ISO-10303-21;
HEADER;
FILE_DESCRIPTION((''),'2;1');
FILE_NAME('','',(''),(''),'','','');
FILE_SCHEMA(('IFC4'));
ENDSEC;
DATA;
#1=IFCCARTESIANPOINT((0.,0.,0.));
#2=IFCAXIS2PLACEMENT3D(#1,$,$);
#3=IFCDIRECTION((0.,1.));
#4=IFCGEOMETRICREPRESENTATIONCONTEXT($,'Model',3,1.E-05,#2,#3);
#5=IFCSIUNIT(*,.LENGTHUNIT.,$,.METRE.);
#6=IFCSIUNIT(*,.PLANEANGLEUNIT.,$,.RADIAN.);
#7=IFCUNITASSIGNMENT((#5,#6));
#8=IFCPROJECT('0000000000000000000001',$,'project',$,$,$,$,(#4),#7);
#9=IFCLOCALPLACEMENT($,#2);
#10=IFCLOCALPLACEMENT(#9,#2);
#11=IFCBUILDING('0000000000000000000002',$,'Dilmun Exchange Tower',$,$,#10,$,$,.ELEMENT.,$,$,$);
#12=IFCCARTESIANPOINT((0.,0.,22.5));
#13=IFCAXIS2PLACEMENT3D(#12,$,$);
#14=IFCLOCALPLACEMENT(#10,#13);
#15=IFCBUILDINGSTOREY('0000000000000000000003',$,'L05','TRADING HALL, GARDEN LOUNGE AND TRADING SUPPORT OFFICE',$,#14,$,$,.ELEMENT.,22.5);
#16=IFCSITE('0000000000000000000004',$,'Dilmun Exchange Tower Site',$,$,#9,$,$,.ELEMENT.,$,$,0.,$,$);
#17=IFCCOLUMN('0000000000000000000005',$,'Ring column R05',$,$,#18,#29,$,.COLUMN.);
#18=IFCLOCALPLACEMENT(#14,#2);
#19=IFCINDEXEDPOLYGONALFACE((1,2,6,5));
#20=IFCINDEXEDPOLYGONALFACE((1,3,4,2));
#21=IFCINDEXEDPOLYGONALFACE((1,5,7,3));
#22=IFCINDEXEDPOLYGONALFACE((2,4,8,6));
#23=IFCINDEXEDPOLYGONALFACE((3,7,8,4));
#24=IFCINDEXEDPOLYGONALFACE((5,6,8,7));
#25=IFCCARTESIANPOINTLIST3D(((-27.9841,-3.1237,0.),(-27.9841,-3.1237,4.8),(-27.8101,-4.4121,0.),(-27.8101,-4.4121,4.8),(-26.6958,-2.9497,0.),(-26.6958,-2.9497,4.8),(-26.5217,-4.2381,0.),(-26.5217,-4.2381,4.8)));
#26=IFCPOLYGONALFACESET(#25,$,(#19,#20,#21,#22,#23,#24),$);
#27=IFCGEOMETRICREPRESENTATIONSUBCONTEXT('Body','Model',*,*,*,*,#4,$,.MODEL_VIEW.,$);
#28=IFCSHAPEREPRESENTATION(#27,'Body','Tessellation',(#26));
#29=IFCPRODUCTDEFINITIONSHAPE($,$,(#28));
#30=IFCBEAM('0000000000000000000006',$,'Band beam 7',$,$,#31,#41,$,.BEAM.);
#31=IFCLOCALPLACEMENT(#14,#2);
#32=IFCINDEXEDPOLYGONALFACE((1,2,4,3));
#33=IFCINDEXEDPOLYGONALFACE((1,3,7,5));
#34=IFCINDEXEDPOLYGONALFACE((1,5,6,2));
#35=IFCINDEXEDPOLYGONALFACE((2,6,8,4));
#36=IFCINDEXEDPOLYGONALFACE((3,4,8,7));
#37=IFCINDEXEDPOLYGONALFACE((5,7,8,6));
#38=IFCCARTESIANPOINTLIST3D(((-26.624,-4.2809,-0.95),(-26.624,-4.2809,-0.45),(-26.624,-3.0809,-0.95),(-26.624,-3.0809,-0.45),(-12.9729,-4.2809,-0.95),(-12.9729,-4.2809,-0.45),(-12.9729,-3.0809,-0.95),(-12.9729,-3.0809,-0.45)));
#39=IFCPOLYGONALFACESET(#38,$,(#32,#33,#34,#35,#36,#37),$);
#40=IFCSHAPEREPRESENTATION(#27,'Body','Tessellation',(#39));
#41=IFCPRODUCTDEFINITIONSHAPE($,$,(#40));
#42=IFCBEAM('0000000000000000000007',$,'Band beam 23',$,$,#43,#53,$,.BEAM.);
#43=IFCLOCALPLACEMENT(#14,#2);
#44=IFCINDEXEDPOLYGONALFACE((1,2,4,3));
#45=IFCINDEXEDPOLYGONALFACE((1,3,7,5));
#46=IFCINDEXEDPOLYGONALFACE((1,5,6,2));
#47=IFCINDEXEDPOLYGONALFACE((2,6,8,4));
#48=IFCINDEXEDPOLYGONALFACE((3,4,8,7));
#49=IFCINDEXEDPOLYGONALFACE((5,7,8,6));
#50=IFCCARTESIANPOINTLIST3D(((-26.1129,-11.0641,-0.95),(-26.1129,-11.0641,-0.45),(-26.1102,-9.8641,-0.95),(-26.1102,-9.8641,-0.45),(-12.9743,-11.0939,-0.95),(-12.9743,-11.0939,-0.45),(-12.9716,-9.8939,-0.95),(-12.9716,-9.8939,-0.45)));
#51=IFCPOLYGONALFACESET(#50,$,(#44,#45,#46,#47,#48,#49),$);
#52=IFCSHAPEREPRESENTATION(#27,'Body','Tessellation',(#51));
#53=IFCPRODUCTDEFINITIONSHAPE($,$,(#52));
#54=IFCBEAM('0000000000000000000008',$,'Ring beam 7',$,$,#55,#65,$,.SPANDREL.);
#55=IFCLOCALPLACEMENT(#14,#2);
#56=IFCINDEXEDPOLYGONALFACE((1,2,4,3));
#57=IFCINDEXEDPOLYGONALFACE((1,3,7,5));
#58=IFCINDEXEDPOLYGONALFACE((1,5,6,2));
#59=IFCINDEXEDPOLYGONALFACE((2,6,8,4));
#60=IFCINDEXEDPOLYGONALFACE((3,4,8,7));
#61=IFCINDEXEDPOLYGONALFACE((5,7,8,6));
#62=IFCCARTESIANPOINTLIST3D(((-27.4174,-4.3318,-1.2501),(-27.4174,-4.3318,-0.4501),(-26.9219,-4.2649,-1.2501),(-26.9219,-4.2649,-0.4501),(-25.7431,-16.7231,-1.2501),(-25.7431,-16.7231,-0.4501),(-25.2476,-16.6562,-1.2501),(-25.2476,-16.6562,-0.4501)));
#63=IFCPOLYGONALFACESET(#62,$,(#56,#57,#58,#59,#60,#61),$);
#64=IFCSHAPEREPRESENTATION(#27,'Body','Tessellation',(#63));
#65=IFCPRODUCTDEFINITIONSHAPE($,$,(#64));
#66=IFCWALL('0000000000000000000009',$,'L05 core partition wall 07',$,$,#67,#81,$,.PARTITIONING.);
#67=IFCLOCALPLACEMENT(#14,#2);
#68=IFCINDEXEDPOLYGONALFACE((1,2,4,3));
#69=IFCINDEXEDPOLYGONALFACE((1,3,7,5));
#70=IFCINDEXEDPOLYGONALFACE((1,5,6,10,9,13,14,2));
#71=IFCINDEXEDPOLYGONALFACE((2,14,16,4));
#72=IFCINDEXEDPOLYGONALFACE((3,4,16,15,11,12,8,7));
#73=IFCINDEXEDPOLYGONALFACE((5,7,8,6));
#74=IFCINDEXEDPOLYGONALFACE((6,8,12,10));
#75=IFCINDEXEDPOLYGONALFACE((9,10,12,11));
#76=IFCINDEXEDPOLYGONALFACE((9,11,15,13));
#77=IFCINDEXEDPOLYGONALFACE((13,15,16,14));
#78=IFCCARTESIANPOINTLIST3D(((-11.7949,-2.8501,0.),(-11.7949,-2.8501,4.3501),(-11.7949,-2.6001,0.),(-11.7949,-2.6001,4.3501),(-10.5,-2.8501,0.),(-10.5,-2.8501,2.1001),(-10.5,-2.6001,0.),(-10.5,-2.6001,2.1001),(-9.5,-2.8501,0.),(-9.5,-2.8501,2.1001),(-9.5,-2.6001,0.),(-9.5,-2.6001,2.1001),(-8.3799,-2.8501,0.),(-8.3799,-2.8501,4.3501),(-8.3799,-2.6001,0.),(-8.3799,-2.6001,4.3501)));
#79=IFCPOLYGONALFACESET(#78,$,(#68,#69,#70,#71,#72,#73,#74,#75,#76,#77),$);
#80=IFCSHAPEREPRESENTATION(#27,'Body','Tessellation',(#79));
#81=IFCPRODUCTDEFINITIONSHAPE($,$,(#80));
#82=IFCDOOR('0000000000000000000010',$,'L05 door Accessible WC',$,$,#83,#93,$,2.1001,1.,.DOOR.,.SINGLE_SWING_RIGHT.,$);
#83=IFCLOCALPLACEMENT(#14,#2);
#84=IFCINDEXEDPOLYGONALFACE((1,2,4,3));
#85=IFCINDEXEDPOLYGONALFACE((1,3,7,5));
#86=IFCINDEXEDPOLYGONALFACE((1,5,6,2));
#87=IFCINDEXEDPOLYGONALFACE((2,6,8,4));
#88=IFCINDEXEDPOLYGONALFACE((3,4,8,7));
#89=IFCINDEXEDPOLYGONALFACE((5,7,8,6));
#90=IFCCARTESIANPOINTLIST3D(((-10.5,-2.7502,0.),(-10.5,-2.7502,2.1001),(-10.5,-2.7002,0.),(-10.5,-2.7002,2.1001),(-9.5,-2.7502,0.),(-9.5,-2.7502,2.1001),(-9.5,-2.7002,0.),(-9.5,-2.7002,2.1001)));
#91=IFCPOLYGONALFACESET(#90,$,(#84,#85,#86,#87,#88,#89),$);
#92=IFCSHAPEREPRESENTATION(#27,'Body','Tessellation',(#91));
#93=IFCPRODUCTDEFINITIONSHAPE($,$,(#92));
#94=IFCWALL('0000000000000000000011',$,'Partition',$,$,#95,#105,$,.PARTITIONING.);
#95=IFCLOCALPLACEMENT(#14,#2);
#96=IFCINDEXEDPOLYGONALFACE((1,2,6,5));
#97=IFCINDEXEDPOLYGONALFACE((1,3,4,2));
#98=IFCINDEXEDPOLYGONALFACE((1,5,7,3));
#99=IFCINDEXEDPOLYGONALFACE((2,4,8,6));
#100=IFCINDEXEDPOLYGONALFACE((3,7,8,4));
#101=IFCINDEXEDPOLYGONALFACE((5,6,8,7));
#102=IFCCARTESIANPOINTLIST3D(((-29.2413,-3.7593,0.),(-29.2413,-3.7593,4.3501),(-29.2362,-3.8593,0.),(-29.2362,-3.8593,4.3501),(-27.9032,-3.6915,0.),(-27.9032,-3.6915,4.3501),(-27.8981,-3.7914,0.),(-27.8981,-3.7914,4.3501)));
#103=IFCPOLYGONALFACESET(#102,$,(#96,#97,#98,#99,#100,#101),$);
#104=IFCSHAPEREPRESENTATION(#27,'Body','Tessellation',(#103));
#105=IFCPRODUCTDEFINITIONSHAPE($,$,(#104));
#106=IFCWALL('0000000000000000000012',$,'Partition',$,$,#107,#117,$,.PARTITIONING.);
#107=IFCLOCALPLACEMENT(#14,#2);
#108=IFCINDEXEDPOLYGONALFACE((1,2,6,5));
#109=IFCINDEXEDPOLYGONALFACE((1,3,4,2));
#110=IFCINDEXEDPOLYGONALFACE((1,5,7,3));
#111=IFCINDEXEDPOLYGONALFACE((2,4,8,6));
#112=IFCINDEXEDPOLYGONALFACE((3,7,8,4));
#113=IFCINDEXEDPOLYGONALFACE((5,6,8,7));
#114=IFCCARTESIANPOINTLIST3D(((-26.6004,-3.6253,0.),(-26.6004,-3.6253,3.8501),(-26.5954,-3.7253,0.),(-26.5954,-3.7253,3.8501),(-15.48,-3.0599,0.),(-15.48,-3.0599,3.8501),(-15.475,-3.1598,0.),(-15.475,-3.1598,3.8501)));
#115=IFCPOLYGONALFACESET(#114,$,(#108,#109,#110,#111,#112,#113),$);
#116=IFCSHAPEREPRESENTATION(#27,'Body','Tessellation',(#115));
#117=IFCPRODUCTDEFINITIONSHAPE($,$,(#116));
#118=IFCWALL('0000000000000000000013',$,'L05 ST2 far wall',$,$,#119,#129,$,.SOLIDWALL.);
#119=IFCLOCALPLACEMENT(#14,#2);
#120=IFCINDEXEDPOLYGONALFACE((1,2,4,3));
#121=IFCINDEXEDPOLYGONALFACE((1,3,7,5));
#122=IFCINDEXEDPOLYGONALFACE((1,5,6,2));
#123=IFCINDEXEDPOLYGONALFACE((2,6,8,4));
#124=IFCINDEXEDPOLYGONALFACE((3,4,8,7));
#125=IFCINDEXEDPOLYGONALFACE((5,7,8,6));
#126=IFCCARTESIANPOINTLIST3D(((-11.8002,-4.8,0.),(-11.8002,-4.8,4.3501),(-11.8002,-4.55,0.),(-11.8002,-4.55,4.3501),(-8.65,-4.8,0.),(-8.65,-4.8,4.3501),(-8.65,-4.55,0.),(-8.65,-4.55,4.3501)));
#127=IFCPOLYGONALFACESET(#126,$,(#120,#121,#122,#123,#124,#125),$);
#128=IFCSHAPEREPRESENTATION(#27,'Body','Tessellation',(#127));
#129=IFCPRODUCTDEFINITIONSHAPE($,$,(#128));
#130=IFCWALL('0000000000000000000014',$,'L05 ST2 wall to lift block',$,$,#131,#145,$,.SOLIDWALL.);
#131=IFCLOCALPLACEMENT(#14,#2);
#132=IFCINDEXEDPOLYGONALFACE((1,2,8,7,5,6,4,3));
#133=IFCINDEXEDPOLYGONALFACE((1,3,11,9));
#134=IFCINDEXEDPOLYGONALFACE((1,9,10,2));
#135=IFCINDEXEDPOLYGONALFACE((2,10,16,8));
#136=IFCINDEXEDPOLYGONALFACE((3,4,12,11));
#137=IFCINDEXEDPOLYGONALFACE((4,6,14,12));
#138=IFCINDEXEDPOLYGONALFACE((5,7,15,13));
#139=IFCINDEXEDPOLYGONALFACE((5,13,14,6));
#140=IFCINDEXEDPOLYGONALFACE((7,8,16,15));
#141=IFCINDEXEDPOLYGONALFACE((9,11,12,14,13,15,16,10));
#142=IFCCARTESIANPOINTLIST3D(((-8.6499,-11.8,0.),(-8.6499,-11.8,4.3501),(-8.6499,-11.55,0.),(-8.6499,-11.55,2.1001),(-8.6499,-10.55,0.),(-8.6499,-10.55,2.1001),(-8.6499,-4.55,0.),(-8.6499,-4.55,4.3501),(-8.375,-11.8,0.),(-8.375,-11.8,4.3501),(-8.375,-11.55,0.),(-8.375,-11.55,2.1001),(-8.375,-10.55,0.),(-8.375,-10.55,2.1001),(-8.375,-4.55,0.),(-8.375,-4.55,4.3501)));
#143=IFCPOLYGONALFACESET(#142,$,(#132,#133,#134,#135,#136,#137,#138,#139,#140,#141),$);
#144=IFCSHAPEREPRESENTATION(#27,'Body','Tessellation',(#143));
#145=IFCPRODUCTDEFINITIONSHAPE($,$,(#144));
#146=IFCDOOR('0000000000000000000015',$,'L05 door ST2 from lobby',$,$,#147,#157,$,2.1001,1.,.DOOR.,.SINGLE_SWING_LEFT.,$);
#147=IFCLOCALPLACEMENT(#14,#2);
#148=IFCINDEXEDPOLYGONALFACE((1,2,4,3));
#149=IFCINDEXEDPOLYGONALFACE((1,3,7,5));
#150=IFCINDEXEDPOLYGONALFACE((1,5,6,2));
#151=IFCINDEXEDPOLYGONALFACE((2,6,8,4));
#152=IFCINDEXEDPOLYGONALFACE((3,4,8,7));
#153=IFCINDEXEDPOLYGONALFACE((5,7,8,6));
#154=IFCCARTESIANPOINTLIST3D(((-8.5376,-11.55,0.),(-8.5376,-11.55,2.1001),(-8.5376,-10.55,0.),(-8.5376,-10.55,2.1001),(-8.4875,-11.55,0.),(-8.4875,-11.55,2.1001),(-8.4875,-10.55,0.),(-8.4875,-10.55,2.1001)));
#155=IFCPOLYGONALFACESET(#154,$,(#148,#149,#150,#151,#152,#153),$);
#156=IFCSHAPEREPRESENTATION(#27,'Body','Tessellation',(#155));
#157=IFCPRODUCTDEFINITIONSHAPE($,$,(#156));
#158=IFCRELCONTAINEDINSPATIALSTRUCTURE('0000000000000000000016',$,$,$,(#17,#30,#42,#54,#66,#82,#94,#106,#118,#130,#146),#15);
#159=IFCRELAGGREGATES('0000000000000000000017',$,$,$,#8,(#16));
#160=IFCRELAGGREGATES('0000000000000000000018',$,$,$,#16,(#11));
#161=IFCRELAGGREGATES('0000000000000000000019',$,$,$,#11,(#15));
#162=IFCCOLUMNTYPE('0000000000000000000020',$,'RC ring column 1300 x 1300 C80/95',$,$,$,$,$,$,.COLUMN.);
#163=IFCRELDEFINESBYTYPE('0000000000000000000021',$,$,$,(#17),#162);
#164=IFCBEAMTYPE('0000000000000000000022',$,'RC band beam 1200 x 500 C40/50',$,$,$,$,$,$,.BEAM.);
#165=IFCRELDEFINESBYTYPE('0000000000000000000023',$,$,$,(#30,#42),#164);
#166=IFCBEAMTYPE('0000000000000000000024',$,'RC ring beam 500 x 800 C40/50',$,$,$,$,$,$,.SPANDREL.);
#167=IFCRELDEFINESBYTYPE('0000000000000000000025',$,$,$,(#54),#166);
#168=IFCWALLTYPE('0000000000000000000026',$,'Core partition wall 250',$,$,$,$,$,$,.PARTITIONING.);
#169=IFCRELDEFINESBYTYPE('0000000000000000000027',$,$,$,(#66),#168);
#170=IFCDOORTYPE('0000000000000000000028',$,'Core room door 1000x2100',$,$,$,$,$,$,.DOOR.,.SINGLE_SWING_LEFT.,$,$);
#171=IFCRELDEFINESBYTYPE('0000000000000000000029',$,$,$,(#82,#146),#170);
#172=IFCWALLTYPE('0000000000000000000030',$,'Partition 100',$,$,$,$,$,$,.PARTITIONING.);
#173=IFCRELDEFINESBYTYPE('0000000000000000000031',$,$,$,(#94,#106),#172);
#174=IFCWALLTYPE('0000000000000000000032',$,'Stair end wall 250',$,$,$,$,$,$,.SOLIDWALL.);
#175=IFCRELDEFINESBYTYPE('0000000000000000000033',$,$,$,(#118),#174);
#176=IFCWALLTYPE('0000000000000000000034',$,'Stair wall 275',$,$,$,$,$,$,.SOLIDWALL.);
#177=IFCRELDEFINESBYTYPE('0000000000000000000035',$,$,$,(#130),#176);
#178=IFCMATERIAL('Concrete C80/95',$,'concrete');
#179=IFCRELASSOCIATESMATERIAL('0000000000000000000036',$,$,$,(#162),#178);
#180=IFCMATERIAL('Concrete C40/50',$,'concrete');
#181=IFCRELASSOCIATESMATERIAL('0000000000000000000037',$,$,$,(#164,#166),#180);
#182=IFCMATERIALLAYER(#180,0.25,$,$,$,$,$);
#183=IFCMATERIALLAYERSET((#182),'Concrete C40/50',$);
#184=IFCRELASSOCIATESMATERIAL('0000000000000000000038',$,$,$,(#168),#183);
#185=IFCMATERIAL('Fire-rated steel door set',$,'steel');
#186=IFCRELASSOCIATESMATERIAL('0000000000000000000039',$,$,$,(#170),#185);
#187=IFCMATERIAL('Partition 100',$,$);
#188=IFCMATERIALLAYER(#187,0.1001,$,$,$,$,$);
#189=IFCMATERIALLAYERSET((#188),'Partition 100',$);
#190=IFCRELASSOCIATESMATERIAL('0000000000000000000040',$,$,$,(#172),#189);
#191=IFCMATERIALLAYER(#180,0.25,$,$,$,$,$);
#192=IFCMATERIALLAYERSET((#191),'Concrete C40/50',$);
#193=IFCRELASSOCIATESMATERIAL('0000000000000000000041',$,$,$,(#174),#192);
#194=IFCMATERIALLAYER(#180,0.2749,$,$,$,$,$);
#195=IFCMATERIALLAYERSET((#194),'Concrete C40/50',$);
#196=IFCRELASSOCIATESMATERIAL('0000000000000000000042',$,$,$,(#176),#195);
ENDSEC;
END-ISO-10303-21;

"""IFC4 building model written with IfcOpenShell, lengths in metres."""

from ifc_helpers import new_model, si_unit, direction, frame, frame_2d, origin, origin_2d, place, context, subcontext, project, spatial, rectangle, extrude, material, layer, layer_set, material_profile, profile_set, type_object, element, fill, save


model = new_model("IFC4")

# Units and contexts
model_context = context("Model", 3, precision=1e-05, world=origin(), true_north=direction((0.0, 1.0)))
body_context = subcontext(model_context, "Body", "Model", "MODEL_VIEW")
ifc_project = project(units=[si_unit("LENGTHUNIT", "METRE"), si_unit("PLANEANGLEUNIT", "RADIAN")], contexts=[model_context])

# Site, building, storey
site_placement = place(None, origin())
site = spatial("IfcSite", under=ifc_project, at=site_placement, Name="Dilmun Exchange Tower Site", CompositionType="ELEMENT", RefElevation=0.0)
building_placement = place(site_placement, origin())
building = spatial("IfcBuilding", under=site, at=building_placement, Name="Dilmun Exchange Tower", CompositionType="ELEMENT")
storey_placement = place(building_placement, frame((0.0, 0.0, 22.5)))
storey = spatial("IfcBuildingStorey", under=building, at=storey_placement, Name="L05", Description="TRADING HALL, GARDEN LOUNGE AND TRADING SUPPORT OFFICE", CompositionType="ELEMENT", Elevation=22.5)

# Column
ifc_material_1 = material(Name="Concrete C80/95", Category="concrete")
ifc_material_profile_1 = material_profile(ifc_material_1, rectangle(XDim=1.3, YDim=1.3, at=origin_2d()), Name="1300 x 1300")
ifc_profile_set_1 = profile_set([ifc_material_profile_1], Name="Concrete C80/95")
column_type = type_object("IfcColumnType", Name="RC ring column 1300 x 1300 C80/95", PredefinedType="COLUMN", material=ifc_profile_set_1)
column_placement = place(storey_placement, frame((-27.2529, -3.6809, 0.0), z_axis=(0.0, 0.0, 1.0), x_axis=(0.991001, 0.133853, 0.0)))
element("IfcColumn", 1, at=column_placement, inside=storey, type_object=column_type, Name="Ring column R05", PredefinedType="COLUMN", context=body_context, shape_type="SweptSolid", body=[
    extrude(rectangle(XDim=1.3, YDim=1.3, at=origin_2d()), origin(), (0.0, 0.0, 1.0), 4.8),
])

# Beams
ifc_material_2 = material(Name="Concrete C40/50", Category="concrete")
ifc_material_profile_2 = material_profile(ifc_material_2, rectangle(XDim=1.2, YDim=0.5, at=origin_2d()), Name="1200 x 500")
ifc_profile_set_2 = profile_set([ifc_material_profile_2], Name="Concrete C40/50")
beam_type_1 = type_object("IfcBeamType", Name="RC band beam 1200 x 500 C40/50", PredefinedType="BEAM", material=ifc_profile_set_2)
beam_1_placement = place(storey_placement, frame((-26.624, -3.6809, -0.7), z_axis=(1.0, 0.0, 0.0), x_axis=(0.0, 1.0, 0.0)))
element("IfcBeam", 2, at=beam_1_placement, inside=storey, type_object=beam_type_1, Name="Band beam 7", PredefinedType="BEAM", context=body_context, shape_type="SweptSolid", body=[
    extrude(rectangle(XDim=1.2, YDim=0.5, at=origin_2d()), origin(), (0.0, 0.0, 1.0), 13.6511),
])
beam_2_placement = place(storey_placement, frame((-26.1116, -10.4641, -0.7), z_axis=(0.999997, -0.002267, 0.0), x_axis=(0.002267, 0.999997, 0.0)))
element("IfcBeam", 3, at=beam_2_placement, inside=storey, type_object=beam_type_1, Name="Band beam 23", PredefinedType="BEAM", context=body_context, shape_type="SweptSolid", body=[
    extrude(rectangle(XDim=1.2, YDim=0.5, at=origin_2d()), origin(), (0.0, 0.0, 1.0), 13.1387),
])
ifc_material_profile_3 = material_profile(ifc_material_2, rectangle(XDim=0.5, YDim=0.8, at=origin_2d()), Name="500 x 800")
ifc_profile_set_3 = profile_set([ifc_material_profile_3], Name="Concrete C40/50")
beam_type_2 = type_object("IfcBeamType", Name="RC ring beam 500 x 800 C40/50", PredefinedType="SPANDREL", material=ifc_profile_set_3)
beam_3_placement = place(storey_placement, frame((-27.1697, -4.2983, -0.8501), z_axis=(0.133903, -0.990994, 0.0), x_axis=(0.990994, 0.133903, 0.0)))
element("IfcBeam", 4, at=beam_3_placement, inside=storey, type_object=beam_type_2, Name="Ring beam 7", PredefinedType="SPANDREL", context=body_context, shape_type="SweptSolid", body=[
    extrude(rectangle(XDim=0.5, YDim=0.8, at=origin_2d()), origin(), (0.0, 0.0, 1.0), 12.5039),
])

# Wall, opening, door
ifc_layer_1 = layer(ifc_material_2, 0.25)
ifc_layer_set_1 = layer_set([ifc_layer_1], Name="Concrete C40/50")
wall_type_1 = type_object("IfcWallType", Name="Core partition wall 250", PredefinedType="PARTITIONING", material=ifc_layer_set_1)
wall_1_placement = place(storey_placement, frame((-11.7949, -2.7251, 0.0), z_axis=(0.0, 0.0, 1.0), x_axis=(1.0, 0.0, 0.0)))
wall_1 = element("IfcWall", 5, at=wall_1_placement, inside=storey, type_object=wall_type_1, Name="L05 core partition wall 07", PredefinedType="PARTITIONING", context=body_context, shape_type="SweptSolid", body=[
    extrude(rectangle(XDim=3.415, YDim=0.25, at=frame_2d((1.7075, 0.0))), origin(), (0.0, 0.0, 1.0), 4.3501),
])
opening_1_placement = place(wall_1_placement, frame((1.2949, 0.0, 0.0)))
opening_1 = element("IfcOpeningElement", 6, at=opening_1_placement, cuts=wall_1, PredefinedType="OPENING", context=body_context, shape_type="SweptSolid", body=[
    extrude(rectangle(XDim=1.0, YDim=2.1001, at=frame_2d((0.5, 1.05))), frame((0.0, 0.135, 0.0), z_axis=(0.0, -1.0, 0.0), x_axis=(1.0, 0.0, 0.0)), (0.0, 0.0, 1.0), 0.27),
])
ifc_material_3 = material(Name="Fire-rated steel door set", Category="steel")
door_type = type_object("IfcDoorType", Name="Core room door 1000x2100", OperationType="SINGLE_SWING_LEFT", PredefinedType="DOOR", material=ifc_material_3)
door_1_placement = place(opening_1_placement, origin())
door_1 = element("IfcDoor", 7, at=door_1_placement, inside=storey, type_object=door_type, Name="L05 door Accessible WC", OperationType="SINGLE_SWING_RIGHT", OverallHeight=2.1001, OverallWidth=1.0, PredefinedType="DOOR", context=body_context, shape_type="SweptSolid", body=[
    extrude(rectangle(XDim=1.0, YDim=2.1001, at=frame_2d((0.5, 1.05))), frame((0.0, 0.0249, 0.0), z_axis=(0.0, -1.0, 0.0), x_axis=(1.0, 0.0, 0.0)), (0.0, 0.0, 1.0), 0.05),
])
fill(opening_1, door_1)

# Walls
ifc_material_4 = material(Name="Partition 100")
ifc_layer_2 = layer(ifc_material_4, 0.1001)
ifc_layer_set_2 = layer_set([ifc_layer_2], Name="Partition 100")
wall_type_2 = type_object("IfcWallType", Name="Partition 100", PredefinedType="PARTITIONING", material=ifc_layer_set_2)
wall_2_placement = place(storey_placement, frame((-29.2388, -3.8093, 0.0), z_axis=(0.0, 0.0, 1.0), x_axis=(0.998716, 0.050656, 0.0)))
element("IfcWall", 8, at=wall_2_placement, inside=storey, type_object=wall_type_2, Name="Partition", PredefinedType="PARTITIONING", context=body_context, shape_type="SweptSolid", body=[
    extrude(rectangle(XDim=1.3398, YDim=0.1001, at=frame_2d((0.6699, 0.0))), origin(), (0.0, 0.0, 1.0), 4.3501),
])
wall_3_placement = place(storey_placement, frame((-26.5979, -3.6753, 0.0), z_axis=(0.0, 0.0, 1.0), x_axis=(0.99871, 0.050781, 0.0)))
element("IfcWall", 9, at=wall_3_placement, inside=storey, type_object=wall_type_2, Name="Partition", PredefinedType="PARTITIONING", context=body_context, shape_type="SweptSolid", body=[
    extrude(rectangle(XDim=11.1348, YDim=0.1001, at=frame_2d((5.5674, 0.0))), origin(), (0.0, 0.0, 1.0), 3.8501),
])
ifc_layer_3 = layer(ifc_material_2, 0.25)
ifc_layer_set_3 = layer_set([ifc_layer_3], Name="Concrete C40/50")
wall_type_3 = type_object("IfcWallType", Name="Stair end wall 250", PredefinedType="SOLIDWALL", material=ifc_layer_set_3)
wall_4_placement = place(storey_placement, frame((-8.6499, -4.675, 0.0), z_axis=(0.0, 0.0, 1.0), x_axis=(-1.0, 0.0, 0.0)))
element("IfcWall", 10, at=wall_4_placement, inside=storey, type_object=wall_type_3, Name="L05 ST2 far wall", PredefinedType="SOLIDWALL", context=body_context, shape_type="SweptSolid", body=[
    extrude(rectangle(XDim=3.1501, YDim=0.25, at=frame_2d((1.5752, 0.0))), origin(), (0.0, 0.0, 1.0), 4.3501),
])

# Wall, opening, door
ifc_layer_4 = layer(ifc_material_2, 0.2749)
ifc_layer_set_4 = layer_set([ifc_layer_4], Name="Concrete C40/50")
wall_type_4 = type_object("IfcWallType", Name="Stair wall 275", PredefinedType="SOLIDWALL", material=ifc_layer_set_4)
wall_5_placement = place(storey_placement, frame((-8.5125, -4.55, 0.0), z_axis=(0.0, 0.0, 1.0), x_axis=(0.0, -1.0, 0.0)))
wall_5 = element("IfcWall", 11, at=wall_5_placement, inside=storey, type_object=wall_type_4, Name="L05 ST2 wall to lift block", PredefinedType="SOLIDWALL", context=body_context, shape_type="SweptSolid", body=[
    extrude(rectangle(XDim=7.25, YDim=0.2749, at=frame_2d((3.625, 0.0))), origin(), (0.0, 0.0, 1.0), 4.3501),
])
opening_2_placement = place(wall_5_placement, frame((6.0, 0.0, 0.0)))
opening_2 = element("IfcOpeningElement", 12, at=opening_2_placement, cuts=wall_5, PredefinedType="OPENING", context=body_context, shape_type="SweptSolid", body=[
    extrude(rectangle(XDim=1.0, YDim=2.1001, at=frame_2d((0.5, 1.05))), frame((0.0, 0.1475, 0.0), z_axis=(0.0, -1.0, 0.0), x_axis=(1.0, 0.0, 0.0)), (0.0, 0.0, 1.0), 0.2949),
])
door_2_placement = place(opening_2_placement, origin())
door_2 = element("IfcDoor", 13, at=door_2_placement, inside=storey, type_object=door_type, Name="L05 door ST2 from lobby", OperationType="SINGLE_SWING_LEFT", OverallHeight=2.1001, OverallWidth=1.0, PredefinedType="DOOR", context=body_context, shape_type="SweptSolid", body=[
    extrude(rectangle(XDim=1.0, YDim=2.1001, at=frame_2d((0.5, 1.05))), frame((0.0, 0.0249, 0.0), z_axis=(0.0, -1.0, 0.0), x_axis=(1.0, 0.0, 0.0)), (0.0, 0.0, 1.0), 0.05),
])
fill(opening_2, door_2)

save(model, "model.ifc")
